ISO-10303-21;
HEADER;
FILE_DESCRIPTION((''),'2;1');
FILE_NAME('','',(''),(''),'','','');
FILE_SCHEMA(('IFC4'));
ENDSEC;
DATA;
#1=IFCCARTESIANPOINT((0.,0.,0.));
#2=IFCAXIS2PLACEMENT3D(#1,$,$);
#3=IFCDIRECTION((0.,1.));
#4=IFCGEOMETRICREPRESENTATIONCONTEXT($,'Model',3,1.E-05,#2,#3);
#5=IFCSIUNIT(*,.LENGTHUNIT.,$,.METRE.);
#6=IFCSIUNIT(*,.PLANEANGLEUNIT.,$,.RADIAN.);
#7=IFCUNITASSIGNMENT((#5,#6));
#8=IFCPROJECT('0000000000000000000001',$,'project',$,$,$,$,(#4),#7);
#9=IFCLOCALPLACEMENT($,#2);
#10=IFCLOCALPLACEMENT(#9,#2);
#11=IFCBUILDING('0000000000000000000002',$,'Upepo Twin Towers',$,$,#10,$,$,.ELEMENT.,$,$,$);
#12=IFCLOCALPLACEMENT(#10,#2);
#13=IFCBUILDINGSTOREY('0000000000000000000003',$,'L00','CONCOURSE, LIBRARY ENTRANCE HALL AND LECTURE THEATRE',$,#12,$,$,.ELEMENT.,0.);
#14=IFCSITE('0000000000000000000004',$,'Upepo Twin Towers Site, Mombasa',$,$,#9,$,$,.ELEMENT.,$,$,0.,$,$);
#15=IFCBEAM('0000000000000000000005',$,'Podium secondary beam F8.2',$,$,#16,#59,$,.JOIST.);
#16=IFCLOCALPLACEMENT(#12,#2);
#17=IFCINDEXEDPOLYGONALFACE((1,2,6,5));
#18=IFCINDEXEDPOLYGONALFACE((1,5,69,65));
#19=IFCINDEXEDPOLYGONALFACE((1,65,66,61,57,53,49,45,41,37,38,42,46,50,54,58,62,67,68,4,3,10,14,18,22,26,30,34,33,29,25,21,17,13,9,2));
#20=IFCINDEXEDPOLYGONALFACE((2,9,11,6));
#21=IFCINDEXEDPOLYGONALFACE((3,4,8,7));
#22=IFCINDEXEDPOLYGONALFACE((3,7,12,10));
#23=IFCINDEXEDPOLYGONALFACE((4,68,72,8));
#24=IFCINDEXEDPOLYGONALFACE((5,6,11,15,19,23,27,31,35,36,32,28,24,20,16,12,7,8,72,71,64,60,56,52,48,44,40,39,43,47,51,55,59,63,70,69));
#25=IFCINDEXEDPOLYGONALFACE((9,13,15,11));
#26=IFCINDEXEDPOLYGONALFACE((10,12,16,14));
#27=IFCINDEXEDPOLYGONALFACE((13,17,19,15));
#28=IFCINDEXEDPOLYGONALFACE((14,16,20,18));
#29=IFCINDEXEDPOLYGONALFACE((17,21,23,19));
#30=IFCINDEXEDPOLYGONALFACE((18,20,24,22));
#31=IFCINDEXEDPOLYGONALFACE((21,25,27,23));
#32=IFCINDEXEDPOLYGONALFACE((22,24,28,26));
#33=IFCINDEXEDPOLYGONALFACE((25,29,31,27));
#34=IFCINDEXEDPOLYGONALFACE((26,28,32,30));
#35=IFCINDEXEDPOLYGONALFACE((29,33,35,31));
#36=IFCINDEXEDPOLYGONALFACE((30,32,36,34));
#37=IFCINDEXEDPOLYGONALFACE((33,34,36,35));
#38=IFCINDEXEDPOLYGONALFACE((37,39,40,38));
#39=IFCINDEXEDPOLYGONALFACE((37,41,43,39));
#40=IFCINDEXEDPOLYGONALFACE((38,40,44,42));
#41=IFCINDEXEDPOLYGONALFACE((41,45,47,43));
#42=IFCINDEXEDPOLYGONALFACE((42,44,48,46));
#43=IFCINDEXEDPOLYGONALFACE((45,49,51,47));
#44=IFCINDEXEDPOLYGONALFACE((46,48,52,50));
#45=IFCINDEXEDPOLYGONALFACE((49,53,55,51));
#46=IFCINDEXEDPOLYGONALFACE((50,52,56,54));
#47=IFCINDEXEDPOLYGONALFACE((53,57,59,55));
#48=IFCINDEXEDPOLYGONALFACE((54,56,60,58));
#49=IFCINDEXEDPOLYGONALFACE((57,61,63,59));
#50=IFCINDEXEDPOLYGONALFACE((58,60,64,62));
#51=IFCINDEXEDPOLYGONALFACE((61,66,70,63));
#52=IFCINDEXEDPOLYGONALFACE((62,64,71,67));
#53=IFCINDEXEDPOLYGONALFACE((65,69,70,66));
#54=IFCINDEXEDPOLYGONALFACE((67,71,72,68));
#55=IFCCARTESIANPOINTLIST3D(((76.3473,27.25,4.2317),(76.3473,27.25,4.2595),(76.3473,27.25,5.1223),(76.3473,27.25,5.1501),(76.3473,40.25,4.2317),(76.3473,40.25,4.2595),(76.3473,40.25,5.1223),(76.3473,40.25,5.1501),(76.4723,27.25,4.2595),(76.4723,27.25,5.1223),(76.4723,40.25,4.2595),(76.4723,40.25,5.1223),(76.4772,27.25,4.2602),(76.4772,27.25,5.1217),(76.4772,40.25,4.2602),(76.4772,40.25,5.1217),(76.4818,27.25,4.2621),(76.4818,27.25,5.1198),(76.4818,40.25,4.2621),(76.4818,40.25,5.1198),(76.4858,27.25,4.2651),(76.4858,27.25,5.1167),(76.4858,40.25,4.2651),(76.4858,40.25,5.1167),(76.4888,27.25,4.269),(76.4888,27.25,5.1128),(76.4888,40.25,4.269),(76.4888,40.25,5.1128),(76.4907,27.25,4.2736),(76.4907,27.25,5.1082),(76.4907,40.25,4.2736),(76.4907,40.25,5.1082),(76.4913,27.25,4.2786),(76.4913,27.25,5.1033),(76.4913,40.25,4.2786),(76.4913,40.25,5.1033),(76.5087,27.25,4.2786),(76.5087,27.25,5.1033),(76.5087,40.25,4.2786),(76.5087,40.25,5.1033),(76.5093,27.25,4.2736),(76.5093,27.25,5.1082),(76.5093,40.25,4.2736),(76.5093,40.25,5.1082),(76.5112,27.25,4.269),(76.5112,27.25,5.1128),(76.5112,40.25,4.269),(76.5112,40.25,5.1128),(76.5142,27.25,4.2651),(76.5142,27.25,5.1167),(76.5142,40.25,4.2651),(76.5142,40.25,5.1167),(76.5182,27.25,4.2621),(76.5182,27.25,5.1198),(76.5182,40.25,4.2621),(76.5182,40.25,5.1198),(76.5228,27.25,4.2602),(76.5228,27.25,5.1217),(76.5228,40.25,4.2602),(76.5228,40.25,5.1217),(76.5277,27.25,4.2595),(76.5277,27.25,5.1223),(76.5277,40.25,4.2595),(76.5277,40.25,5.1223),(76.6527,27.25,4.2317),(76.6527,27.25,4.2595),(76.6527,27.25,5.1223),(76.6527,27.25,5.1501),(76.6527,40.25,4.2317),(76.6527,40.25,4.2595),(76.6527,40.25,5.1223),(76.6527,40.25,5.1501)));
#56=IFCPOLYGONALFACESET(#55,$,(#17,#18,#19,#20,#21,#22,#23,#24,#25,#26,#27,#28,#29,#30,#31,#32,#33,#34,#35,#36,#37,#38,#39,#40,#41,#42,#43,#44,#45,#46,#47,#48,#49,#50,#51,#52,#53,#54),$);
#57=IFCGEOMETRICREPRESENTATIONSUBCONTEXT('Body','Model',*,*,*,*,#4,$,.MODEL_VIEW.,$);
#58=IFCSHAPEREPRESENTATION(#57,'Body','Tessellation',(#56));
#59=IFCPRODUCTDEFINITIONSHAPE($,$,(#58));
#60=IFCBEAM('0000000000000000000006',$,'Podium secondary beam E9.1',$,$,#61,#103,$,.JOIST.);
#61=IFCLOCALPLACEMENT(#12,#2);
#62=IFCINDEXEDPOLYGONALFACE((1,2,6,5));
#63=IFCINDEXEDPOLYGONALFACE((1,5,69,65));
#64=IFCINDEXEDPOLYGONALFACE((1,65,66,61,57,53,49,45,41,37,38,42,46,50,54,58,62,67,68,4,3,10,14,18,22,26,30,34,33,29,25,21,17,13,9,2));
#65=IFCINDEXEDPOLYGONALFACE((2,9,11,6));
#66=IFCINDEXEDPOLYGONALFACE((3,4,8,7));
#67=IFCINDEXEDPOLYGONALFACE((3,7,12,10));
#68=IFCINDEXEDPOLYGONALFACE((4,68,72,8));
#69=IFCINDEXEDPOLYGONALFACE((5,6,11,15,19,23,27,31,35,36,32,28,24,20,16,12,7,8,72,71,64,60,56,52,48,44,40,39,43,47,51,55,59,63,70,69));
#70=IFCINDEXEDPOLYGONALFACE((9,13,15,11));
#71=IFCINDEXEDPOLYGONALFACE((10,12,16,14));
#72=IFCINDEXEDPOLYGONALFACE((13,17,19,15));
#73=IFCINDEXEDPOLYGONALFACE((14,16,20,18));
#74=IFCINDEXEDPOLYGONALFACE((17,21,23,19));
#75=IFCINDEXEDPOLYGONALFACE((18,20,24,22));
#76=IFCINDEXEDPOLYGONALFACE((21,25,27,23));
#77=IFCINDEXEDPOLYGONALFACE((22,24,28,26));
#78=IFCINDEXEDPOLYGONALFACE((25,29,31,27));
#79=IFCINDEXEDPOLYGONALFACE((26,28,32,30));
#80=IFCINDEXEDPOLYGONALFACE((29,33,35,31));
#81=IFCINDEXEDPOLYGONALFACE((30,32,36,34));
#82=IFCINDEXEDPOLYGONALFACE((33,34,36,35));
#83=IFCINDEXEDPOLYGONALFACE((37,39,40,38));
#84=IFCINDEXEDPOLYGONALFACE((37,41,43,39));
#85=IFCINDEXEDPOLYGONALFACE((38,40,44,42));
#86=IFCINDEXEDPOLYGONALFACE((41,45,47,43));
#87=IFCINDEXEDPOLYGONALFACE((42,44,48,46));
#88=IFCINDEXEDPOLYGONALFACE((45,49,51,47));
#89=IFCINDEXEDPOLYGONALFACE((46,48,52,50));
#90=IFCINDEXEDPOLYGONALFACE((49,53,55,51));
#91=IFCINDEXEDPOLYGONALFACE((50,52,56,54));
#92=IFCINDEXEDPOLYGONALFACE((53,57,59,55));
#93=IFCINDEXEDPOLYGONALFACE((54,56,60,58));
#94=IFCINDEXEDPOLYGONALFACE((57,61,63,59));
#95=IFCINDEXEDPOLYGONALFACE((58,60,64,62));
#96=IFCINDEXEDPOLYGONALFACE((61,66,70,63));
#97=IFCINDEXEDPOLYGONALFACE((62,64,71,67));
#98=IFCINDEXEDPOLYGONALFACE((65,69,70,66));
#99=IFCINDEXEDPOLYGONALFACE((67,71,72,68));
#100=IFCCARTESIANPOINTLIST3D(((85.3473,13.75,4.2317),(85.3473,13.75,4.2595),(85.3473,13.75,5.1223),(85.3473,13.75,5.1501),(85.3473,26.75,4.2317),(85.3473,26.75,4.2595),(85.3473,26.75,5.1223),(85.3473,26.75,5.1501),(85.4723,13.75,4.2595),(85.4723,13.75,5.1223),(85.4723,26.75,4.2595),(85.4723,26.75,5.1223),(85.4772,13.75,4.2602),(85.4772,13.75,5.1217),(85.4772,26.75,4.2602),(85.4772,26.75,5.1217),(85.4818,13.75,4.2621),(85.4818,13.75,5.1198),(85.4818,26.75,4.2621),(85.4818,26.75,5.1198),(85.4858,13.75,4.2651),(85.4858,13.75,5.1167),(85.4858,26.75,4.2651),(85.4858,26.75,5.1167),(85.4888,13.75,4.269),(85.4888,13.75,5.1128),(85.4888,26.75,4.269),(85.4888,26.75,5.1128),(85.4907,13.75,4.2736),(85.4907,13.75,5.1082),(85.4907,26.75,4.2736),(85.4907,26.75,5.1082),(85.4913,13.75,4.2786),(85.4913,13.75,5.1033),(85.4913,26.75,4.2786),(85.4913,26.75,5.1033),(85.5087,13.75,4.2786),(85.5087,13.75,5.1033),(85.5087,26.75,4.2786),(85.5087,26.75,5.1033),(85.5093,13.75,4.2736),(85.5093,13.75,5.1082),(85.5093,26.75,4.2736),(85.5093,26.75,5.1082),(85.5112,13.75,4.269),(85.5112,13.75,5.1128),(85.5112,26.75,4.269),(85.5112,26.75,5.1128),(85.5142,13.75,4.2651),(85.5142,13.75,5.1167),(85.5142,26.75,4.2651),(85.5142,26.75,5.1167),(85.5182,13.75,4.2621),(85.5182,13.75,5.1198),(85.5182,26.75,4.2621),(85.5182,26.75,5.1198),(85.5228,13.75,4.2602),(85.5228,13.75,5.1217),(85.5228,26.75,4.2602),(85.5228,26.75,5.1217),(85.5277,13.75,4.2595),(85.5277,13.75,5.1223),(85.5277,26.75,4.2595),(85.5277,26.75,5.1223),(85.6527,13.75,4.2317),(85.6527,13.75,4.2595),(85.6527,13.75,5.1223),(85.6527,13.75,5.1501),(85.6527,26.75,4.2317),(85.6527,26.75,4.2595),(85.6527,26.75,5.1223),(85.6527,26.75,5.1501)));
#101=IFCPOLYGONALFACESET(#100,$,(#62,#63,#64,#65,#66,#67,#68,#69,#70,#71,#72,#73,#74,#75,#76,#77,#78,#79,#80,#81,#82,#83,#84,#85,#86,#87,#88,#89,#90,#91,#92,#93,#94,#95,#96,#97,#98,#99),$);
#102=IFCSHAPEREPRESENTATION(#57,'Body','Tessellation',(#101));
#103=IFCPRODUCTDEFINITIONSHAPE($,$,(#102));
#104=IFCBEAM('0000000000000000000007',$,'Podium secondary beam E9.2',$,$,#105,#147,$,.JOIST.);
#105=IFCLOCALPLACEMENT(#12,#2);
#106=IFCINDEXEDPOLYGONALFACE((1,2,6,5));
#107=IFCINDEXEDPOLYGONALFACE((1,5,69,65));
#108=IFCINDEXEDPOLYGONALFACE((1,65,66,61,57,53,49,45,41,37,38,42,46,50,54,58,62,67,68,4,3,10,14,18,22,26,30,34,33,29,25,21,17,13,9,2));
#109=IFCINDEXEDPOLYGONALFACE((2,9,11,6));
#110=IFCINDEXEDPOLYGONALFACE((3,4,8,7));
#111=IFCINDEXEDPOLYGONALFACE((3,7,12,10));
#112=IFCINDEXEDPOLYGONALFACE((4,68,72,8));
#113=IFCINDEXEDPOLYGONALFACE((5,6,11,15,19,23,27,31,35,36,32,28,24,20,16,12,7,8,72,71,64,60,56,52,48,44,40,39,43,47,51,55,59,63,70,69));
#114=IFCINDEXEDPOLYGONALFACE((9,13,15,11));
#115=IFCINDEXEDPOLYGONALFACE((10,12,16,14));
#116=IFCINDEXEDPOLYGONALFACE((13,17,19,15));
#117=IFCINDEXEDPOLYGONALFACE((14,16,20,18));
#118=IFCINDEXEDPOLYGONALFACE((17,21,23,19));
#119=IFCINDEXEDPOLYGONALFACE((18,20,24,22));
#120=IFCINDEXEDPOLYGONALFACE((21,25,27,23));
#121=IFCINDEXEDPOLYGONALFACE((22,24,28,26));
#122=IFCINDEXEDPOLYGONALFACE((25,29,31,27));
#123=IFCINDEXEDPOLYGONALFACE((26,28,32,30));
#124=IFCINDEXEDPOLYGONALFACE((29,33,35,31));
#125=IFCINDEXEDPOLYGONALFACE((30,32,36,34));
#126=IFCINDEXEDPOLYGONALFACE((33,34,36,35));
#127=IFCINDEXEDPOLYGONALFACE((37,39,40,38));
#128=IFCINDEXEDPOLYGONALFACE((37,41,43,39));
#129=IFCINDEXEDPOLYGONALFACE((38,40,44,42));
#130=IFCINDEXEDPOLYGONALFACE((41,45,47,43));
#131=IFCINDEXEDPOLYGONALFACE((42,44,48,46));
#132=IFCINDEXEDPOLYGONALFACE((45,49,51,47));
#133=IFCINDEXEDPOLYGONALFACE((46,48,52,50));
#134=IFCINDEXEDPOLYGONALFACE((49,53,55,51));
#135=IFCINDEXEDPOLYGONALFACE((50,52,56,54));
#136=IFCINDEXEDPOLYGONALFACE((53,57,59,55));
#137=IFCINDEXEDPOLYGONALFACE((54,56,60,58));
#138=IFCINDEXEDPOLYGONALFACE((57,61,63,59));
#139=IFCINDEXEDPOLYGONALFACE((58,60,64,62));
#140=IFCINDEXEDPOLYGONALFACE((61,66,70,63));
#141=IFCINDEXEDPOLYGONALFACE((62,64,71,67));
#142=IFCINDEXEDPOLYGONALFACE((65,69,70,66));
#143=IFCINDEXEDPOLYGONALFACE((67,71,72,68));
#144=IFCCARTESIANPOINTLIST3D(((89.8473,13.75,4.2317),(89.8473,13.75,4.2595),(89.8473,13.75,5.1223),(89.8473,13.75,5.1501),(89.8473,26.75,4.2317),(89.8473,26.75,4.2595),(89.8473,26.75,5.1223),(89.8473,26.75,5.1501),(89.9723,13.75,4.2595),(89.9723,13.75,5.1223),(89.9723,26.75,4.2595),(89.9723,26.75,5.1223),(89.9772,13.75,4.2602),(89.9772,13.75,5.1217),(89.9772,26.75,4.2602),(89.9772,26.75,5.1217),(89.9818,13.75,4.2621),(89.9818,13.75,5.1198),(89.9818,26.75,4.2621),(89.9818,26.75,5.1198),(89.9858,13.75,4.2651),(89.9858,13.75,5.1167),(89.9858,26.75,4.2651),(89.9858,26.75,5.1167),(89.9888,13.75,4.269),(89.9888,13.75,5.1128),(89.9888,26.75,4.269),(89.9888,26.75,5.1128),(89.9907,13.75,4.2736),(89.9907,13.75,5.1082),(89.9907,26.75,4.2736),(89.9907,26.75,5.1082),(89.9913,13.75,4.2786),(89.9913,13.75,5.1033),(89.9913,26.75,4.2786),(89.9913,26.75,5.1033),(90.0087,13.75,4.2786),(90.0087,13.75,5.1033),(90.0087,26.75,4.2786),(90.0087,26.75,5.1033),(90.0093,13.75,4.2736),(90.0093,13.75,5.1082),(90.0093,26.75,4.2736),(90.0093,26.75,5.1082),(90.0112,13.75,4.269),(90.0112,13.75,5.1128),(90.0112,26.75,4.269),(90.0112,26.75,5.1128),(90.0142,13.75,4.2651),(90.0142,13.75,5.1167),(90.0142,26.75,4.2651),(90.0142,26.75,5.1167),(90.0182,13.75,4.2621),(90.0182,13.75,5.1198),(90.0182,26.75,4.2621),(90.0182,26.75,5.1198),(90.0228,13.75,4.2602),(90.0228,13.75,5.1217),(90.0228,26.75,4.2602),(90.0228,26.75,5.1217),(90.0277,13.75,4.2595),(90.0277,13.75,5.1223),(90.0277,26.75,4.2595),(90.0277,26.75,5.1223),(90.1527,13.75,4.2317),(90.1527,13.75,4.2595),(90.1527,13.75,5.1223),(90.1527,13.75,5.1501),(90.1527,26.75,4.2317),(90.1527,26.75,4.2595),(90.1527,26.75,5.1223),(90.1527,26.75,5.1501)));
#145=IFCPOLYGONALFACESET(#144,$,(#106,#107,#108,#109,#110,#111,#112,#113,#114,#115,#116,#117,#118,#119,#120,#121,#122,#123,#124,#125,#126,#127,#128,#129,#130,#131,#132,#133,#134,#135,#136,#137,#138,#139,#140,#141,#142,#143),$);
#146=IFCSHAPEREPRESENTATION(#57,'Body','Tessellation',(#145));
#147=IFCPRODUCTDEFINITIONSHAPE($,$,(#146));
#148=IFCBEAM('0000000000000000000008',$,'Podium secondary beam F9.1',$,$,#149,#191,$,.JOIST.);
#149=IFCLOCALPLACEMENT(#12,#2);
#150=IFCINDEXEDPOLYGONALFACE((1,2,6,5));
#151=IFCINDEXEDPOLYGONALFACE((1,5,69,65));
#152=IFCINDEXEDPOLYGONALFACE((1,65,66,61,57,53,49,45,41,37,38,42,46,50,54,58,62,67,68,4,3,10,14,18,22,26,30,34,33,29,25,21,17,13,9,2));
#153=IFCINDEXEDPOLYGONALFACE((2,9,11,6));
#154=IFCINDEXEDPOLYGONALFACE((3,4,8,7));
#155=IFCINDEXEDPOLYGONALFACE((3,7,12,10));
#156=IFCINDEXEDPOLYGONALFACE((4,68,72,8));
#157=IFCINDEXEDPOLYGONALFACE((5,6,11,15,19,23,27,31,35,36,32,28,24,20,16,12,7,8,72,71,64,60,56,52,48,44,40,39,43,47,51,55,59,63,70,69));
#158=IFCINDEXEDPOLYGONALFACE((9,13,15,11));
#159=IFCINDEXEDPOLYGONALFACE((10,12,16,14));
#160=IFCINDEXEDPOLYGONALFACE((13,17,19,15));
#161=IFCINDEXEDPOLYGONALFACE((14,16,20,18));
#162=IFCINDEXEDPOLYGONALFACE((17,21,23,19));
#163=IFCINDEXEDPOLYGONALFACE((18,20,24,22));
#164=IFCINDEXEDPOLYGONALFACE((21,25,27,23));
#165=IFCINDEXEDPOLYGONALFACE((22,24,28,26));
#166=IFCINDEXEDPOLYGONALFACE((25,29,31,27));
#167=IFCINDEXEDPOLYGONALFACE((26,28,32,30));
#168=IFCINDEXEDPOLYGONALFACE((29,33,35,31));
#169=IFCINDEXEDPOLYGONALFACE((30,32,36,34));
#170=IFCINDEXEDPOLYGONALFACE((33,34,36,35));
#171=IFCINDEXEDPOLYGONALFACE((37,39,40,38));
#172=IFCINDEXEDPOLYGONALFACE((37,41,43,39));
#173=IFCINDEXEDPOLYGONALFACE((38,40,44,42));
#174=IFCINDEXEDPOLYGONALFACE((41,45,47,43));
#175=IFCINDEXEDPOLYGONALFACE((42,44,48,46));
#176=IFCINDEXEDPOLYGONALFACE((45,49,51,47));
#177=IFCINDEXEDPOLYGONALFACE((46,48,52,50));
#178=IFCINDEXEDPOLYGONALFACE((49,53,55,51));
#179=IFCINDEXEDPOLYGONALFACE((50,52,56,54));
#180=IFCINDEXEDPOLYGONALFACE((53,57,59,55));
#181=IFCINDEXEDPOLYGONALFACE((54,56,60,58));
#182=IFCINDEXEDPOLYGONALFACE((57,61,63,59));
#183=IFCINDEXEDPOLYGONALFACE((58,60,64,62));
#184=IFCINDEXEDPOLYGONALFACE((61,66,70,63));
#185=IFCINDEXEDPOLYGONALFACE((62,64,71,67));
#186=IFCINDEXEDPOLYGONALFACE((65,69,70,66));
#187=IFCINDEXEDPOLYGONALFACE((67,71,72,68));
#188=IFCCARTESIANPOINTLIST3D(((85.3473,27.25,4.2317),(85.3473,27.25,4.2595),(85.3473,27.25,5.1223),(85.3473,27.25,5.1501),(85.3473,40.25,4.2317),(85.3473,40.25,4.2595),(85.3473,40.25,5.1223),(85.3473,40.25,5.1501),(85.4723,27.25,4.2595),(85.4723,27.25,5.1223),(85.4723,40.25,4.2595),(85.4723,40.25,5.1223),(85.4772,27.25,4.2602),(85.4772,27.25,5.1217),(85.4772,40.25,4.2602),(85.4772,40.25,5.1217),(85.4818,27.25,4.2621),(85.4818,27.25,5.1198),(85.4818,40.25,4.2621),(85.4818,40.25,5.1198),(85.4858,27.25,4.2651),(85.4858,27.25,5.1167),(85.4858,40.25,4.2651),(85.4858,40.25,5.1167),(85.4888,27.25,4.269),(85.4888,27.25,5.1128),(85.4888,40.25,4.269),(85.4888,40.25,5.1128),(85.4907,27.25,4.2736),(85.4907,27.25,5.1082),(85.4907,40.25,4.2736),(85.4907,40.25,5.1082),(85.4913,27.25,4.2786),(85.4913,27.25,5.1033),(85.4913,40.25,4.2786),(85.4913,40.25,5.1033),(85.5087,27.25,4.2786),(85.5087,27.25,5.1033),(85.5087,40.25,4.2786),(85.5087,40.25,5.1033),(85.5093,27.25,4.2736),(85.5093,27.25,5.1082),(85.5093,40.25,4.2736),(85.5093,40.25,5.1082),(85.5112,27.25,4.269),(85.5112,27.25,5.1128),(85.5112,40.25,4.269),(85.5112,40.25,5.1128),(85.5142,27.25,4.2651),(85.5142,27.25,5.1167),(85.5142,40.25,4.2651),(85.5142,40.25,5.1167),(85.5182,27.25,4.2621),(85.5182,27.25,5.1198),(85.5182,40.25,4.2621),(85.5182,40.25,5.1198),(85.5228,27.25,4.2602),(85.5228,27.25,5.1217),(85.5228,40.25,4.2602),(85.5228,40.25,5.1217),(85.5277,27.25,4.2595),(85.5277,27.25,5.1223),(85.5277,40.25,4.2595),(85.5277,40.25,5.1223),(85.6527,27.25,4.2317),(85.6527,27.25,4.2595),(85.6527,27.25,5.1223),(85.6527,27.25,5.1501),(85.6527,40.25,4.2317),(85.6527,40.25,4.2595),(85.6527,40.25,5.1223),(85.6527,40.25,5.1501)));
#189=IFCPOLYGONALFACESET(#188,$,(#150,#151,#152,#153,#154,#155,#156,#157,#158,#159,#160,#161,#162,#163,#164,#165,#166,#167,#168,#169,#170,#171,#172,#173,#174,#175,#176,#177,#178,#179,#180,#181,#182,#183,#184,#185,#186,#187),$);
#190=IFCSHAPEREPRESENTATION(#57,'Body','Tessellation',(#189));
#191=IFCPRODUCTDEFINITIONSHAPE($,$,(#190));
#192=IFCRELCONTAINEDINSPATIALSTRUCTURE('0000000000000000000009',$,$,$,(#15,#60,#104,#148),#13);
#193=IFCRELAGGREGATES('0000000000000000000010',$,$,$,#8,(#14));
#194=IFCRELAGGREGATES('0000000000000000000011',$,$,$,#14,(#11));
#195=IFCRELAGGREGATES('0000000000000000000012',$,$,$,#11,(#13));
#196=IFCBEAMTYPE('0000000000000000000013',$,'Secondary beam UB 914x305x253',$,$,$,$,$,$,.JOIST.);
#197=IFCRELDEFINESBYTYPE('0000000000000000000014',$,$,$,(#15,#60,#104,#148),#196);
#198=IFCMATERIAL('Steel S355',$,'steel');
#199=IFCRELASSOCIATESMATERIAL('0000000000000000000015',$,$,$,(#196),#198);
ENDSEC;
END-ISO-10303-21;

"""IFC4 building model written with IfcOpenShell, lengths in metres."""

from ifc_helpers import new_model, si_unit, direction, frame, origin, origin_2d, place, context, subcontext, project, spatial, i_section, extrude, material, material_profile, profile_set, type_object, element, save


model = new_model("IFC4")

# Units and contexts
model_context = context("Model", 3, precision=1e-05, world=origin(), true_north=direction((0.0, 1.0)))
body_context = subcontext(model_context, "Body", "Model", "MODEL_VIEW")
ifc_project = project(units=[si_unit("LENGTHUNIT", "METRE"), si_unit("PLANEANGLEUNIT", "RADIAN")], contexts=[model_context])

# Site, building, storey
site_placement = place(None, origin())
site = spatial("IfcSite", under=ifc_project, at=site_placement, Name="Upepo Twin Towers Site, Mombasa", CompositionType="ELEMENT", RefElevation=0.0)
building_placement = place(site_placement, origin())
building = spatial("IfcBuilding", under=site, at=building_placement, Name="Upepo Twin Towers", CompositionType="ELEMENT")
storey_placement = place(building_placement, origin())
storey = spatial("IfcBuildingStorey", under=building, at=storey_placement, Name="L00", Description="CONCOURSE, LIBRARY ENTRANCE HALL AND LECTURE THEATRE", CompositionType="ELEMENT", Elevation=0.0)

# Beams
ifc_material_1 = material(Name="Steel S355", Category="steel")
ifc_material_profile_1 = material_profile(ifc_material_1, i_section(OverallWidth=0.3054, OverallDepth=0.9185, WebThickness=0.0173, FlangeThickness=0.0278, FilletRadius=0.019, at=origin_2d()), Name="UB 914x305x253")
ifc_profile_set_1 = profile_set([ifc_material_profile_1], Name="Steel S355")
beam_type_1 = type_object("IfcBeamType", Name="Secondary beam UB 914x305x253", PredefinedType="JOIST", material=ifc_profile_set_1)
for number, where, z_axis, x_axis, name in (
    (1, (76.5, 27.25, 4.6909), (0.0, 1.0, 0.0), (-1.0, 0.0, 0.0), "Podium secondary beam F8.2"),
    (2, (85.5, 13.75, 4.6909), (0.0, 1.0, 0.0), (-1.0, 0.0, 0.0), "Podium secondary beam E9.1"),
    (3, (90.0, 13.75, 4.6909), (0.0, 1.0, 0.0), (-1.0, 0.0, 0.0), "Podium secondary beam E9.2"),
    (4, (85.5, 27.25, 4.6909), (0.0, 1.0, 0.0), (-1.0, 0.0, 0.0), "Podium secondary beam F9.1"),
):
    element("IfcBeam", number, at=place(storey_placement, frame(where, z_axis=z_axis, x_axis=x_axis)), inside=storey, type_object=beam_type_1, Name=name, PredefinedType="JOIST", context=body_context, shape_type="SweptSolid", body=[
        extrude(i_section(OverallWidth=0.3054, OverallDepth=0.9185, WebThickness=0.0173, FlangeThickness=0.0278, FilletRadius=0.019, at=origin_2d()), origin(), (0.0, 0.0, 1.0), 13.0),
    ])

save(model, "model.ifc")
